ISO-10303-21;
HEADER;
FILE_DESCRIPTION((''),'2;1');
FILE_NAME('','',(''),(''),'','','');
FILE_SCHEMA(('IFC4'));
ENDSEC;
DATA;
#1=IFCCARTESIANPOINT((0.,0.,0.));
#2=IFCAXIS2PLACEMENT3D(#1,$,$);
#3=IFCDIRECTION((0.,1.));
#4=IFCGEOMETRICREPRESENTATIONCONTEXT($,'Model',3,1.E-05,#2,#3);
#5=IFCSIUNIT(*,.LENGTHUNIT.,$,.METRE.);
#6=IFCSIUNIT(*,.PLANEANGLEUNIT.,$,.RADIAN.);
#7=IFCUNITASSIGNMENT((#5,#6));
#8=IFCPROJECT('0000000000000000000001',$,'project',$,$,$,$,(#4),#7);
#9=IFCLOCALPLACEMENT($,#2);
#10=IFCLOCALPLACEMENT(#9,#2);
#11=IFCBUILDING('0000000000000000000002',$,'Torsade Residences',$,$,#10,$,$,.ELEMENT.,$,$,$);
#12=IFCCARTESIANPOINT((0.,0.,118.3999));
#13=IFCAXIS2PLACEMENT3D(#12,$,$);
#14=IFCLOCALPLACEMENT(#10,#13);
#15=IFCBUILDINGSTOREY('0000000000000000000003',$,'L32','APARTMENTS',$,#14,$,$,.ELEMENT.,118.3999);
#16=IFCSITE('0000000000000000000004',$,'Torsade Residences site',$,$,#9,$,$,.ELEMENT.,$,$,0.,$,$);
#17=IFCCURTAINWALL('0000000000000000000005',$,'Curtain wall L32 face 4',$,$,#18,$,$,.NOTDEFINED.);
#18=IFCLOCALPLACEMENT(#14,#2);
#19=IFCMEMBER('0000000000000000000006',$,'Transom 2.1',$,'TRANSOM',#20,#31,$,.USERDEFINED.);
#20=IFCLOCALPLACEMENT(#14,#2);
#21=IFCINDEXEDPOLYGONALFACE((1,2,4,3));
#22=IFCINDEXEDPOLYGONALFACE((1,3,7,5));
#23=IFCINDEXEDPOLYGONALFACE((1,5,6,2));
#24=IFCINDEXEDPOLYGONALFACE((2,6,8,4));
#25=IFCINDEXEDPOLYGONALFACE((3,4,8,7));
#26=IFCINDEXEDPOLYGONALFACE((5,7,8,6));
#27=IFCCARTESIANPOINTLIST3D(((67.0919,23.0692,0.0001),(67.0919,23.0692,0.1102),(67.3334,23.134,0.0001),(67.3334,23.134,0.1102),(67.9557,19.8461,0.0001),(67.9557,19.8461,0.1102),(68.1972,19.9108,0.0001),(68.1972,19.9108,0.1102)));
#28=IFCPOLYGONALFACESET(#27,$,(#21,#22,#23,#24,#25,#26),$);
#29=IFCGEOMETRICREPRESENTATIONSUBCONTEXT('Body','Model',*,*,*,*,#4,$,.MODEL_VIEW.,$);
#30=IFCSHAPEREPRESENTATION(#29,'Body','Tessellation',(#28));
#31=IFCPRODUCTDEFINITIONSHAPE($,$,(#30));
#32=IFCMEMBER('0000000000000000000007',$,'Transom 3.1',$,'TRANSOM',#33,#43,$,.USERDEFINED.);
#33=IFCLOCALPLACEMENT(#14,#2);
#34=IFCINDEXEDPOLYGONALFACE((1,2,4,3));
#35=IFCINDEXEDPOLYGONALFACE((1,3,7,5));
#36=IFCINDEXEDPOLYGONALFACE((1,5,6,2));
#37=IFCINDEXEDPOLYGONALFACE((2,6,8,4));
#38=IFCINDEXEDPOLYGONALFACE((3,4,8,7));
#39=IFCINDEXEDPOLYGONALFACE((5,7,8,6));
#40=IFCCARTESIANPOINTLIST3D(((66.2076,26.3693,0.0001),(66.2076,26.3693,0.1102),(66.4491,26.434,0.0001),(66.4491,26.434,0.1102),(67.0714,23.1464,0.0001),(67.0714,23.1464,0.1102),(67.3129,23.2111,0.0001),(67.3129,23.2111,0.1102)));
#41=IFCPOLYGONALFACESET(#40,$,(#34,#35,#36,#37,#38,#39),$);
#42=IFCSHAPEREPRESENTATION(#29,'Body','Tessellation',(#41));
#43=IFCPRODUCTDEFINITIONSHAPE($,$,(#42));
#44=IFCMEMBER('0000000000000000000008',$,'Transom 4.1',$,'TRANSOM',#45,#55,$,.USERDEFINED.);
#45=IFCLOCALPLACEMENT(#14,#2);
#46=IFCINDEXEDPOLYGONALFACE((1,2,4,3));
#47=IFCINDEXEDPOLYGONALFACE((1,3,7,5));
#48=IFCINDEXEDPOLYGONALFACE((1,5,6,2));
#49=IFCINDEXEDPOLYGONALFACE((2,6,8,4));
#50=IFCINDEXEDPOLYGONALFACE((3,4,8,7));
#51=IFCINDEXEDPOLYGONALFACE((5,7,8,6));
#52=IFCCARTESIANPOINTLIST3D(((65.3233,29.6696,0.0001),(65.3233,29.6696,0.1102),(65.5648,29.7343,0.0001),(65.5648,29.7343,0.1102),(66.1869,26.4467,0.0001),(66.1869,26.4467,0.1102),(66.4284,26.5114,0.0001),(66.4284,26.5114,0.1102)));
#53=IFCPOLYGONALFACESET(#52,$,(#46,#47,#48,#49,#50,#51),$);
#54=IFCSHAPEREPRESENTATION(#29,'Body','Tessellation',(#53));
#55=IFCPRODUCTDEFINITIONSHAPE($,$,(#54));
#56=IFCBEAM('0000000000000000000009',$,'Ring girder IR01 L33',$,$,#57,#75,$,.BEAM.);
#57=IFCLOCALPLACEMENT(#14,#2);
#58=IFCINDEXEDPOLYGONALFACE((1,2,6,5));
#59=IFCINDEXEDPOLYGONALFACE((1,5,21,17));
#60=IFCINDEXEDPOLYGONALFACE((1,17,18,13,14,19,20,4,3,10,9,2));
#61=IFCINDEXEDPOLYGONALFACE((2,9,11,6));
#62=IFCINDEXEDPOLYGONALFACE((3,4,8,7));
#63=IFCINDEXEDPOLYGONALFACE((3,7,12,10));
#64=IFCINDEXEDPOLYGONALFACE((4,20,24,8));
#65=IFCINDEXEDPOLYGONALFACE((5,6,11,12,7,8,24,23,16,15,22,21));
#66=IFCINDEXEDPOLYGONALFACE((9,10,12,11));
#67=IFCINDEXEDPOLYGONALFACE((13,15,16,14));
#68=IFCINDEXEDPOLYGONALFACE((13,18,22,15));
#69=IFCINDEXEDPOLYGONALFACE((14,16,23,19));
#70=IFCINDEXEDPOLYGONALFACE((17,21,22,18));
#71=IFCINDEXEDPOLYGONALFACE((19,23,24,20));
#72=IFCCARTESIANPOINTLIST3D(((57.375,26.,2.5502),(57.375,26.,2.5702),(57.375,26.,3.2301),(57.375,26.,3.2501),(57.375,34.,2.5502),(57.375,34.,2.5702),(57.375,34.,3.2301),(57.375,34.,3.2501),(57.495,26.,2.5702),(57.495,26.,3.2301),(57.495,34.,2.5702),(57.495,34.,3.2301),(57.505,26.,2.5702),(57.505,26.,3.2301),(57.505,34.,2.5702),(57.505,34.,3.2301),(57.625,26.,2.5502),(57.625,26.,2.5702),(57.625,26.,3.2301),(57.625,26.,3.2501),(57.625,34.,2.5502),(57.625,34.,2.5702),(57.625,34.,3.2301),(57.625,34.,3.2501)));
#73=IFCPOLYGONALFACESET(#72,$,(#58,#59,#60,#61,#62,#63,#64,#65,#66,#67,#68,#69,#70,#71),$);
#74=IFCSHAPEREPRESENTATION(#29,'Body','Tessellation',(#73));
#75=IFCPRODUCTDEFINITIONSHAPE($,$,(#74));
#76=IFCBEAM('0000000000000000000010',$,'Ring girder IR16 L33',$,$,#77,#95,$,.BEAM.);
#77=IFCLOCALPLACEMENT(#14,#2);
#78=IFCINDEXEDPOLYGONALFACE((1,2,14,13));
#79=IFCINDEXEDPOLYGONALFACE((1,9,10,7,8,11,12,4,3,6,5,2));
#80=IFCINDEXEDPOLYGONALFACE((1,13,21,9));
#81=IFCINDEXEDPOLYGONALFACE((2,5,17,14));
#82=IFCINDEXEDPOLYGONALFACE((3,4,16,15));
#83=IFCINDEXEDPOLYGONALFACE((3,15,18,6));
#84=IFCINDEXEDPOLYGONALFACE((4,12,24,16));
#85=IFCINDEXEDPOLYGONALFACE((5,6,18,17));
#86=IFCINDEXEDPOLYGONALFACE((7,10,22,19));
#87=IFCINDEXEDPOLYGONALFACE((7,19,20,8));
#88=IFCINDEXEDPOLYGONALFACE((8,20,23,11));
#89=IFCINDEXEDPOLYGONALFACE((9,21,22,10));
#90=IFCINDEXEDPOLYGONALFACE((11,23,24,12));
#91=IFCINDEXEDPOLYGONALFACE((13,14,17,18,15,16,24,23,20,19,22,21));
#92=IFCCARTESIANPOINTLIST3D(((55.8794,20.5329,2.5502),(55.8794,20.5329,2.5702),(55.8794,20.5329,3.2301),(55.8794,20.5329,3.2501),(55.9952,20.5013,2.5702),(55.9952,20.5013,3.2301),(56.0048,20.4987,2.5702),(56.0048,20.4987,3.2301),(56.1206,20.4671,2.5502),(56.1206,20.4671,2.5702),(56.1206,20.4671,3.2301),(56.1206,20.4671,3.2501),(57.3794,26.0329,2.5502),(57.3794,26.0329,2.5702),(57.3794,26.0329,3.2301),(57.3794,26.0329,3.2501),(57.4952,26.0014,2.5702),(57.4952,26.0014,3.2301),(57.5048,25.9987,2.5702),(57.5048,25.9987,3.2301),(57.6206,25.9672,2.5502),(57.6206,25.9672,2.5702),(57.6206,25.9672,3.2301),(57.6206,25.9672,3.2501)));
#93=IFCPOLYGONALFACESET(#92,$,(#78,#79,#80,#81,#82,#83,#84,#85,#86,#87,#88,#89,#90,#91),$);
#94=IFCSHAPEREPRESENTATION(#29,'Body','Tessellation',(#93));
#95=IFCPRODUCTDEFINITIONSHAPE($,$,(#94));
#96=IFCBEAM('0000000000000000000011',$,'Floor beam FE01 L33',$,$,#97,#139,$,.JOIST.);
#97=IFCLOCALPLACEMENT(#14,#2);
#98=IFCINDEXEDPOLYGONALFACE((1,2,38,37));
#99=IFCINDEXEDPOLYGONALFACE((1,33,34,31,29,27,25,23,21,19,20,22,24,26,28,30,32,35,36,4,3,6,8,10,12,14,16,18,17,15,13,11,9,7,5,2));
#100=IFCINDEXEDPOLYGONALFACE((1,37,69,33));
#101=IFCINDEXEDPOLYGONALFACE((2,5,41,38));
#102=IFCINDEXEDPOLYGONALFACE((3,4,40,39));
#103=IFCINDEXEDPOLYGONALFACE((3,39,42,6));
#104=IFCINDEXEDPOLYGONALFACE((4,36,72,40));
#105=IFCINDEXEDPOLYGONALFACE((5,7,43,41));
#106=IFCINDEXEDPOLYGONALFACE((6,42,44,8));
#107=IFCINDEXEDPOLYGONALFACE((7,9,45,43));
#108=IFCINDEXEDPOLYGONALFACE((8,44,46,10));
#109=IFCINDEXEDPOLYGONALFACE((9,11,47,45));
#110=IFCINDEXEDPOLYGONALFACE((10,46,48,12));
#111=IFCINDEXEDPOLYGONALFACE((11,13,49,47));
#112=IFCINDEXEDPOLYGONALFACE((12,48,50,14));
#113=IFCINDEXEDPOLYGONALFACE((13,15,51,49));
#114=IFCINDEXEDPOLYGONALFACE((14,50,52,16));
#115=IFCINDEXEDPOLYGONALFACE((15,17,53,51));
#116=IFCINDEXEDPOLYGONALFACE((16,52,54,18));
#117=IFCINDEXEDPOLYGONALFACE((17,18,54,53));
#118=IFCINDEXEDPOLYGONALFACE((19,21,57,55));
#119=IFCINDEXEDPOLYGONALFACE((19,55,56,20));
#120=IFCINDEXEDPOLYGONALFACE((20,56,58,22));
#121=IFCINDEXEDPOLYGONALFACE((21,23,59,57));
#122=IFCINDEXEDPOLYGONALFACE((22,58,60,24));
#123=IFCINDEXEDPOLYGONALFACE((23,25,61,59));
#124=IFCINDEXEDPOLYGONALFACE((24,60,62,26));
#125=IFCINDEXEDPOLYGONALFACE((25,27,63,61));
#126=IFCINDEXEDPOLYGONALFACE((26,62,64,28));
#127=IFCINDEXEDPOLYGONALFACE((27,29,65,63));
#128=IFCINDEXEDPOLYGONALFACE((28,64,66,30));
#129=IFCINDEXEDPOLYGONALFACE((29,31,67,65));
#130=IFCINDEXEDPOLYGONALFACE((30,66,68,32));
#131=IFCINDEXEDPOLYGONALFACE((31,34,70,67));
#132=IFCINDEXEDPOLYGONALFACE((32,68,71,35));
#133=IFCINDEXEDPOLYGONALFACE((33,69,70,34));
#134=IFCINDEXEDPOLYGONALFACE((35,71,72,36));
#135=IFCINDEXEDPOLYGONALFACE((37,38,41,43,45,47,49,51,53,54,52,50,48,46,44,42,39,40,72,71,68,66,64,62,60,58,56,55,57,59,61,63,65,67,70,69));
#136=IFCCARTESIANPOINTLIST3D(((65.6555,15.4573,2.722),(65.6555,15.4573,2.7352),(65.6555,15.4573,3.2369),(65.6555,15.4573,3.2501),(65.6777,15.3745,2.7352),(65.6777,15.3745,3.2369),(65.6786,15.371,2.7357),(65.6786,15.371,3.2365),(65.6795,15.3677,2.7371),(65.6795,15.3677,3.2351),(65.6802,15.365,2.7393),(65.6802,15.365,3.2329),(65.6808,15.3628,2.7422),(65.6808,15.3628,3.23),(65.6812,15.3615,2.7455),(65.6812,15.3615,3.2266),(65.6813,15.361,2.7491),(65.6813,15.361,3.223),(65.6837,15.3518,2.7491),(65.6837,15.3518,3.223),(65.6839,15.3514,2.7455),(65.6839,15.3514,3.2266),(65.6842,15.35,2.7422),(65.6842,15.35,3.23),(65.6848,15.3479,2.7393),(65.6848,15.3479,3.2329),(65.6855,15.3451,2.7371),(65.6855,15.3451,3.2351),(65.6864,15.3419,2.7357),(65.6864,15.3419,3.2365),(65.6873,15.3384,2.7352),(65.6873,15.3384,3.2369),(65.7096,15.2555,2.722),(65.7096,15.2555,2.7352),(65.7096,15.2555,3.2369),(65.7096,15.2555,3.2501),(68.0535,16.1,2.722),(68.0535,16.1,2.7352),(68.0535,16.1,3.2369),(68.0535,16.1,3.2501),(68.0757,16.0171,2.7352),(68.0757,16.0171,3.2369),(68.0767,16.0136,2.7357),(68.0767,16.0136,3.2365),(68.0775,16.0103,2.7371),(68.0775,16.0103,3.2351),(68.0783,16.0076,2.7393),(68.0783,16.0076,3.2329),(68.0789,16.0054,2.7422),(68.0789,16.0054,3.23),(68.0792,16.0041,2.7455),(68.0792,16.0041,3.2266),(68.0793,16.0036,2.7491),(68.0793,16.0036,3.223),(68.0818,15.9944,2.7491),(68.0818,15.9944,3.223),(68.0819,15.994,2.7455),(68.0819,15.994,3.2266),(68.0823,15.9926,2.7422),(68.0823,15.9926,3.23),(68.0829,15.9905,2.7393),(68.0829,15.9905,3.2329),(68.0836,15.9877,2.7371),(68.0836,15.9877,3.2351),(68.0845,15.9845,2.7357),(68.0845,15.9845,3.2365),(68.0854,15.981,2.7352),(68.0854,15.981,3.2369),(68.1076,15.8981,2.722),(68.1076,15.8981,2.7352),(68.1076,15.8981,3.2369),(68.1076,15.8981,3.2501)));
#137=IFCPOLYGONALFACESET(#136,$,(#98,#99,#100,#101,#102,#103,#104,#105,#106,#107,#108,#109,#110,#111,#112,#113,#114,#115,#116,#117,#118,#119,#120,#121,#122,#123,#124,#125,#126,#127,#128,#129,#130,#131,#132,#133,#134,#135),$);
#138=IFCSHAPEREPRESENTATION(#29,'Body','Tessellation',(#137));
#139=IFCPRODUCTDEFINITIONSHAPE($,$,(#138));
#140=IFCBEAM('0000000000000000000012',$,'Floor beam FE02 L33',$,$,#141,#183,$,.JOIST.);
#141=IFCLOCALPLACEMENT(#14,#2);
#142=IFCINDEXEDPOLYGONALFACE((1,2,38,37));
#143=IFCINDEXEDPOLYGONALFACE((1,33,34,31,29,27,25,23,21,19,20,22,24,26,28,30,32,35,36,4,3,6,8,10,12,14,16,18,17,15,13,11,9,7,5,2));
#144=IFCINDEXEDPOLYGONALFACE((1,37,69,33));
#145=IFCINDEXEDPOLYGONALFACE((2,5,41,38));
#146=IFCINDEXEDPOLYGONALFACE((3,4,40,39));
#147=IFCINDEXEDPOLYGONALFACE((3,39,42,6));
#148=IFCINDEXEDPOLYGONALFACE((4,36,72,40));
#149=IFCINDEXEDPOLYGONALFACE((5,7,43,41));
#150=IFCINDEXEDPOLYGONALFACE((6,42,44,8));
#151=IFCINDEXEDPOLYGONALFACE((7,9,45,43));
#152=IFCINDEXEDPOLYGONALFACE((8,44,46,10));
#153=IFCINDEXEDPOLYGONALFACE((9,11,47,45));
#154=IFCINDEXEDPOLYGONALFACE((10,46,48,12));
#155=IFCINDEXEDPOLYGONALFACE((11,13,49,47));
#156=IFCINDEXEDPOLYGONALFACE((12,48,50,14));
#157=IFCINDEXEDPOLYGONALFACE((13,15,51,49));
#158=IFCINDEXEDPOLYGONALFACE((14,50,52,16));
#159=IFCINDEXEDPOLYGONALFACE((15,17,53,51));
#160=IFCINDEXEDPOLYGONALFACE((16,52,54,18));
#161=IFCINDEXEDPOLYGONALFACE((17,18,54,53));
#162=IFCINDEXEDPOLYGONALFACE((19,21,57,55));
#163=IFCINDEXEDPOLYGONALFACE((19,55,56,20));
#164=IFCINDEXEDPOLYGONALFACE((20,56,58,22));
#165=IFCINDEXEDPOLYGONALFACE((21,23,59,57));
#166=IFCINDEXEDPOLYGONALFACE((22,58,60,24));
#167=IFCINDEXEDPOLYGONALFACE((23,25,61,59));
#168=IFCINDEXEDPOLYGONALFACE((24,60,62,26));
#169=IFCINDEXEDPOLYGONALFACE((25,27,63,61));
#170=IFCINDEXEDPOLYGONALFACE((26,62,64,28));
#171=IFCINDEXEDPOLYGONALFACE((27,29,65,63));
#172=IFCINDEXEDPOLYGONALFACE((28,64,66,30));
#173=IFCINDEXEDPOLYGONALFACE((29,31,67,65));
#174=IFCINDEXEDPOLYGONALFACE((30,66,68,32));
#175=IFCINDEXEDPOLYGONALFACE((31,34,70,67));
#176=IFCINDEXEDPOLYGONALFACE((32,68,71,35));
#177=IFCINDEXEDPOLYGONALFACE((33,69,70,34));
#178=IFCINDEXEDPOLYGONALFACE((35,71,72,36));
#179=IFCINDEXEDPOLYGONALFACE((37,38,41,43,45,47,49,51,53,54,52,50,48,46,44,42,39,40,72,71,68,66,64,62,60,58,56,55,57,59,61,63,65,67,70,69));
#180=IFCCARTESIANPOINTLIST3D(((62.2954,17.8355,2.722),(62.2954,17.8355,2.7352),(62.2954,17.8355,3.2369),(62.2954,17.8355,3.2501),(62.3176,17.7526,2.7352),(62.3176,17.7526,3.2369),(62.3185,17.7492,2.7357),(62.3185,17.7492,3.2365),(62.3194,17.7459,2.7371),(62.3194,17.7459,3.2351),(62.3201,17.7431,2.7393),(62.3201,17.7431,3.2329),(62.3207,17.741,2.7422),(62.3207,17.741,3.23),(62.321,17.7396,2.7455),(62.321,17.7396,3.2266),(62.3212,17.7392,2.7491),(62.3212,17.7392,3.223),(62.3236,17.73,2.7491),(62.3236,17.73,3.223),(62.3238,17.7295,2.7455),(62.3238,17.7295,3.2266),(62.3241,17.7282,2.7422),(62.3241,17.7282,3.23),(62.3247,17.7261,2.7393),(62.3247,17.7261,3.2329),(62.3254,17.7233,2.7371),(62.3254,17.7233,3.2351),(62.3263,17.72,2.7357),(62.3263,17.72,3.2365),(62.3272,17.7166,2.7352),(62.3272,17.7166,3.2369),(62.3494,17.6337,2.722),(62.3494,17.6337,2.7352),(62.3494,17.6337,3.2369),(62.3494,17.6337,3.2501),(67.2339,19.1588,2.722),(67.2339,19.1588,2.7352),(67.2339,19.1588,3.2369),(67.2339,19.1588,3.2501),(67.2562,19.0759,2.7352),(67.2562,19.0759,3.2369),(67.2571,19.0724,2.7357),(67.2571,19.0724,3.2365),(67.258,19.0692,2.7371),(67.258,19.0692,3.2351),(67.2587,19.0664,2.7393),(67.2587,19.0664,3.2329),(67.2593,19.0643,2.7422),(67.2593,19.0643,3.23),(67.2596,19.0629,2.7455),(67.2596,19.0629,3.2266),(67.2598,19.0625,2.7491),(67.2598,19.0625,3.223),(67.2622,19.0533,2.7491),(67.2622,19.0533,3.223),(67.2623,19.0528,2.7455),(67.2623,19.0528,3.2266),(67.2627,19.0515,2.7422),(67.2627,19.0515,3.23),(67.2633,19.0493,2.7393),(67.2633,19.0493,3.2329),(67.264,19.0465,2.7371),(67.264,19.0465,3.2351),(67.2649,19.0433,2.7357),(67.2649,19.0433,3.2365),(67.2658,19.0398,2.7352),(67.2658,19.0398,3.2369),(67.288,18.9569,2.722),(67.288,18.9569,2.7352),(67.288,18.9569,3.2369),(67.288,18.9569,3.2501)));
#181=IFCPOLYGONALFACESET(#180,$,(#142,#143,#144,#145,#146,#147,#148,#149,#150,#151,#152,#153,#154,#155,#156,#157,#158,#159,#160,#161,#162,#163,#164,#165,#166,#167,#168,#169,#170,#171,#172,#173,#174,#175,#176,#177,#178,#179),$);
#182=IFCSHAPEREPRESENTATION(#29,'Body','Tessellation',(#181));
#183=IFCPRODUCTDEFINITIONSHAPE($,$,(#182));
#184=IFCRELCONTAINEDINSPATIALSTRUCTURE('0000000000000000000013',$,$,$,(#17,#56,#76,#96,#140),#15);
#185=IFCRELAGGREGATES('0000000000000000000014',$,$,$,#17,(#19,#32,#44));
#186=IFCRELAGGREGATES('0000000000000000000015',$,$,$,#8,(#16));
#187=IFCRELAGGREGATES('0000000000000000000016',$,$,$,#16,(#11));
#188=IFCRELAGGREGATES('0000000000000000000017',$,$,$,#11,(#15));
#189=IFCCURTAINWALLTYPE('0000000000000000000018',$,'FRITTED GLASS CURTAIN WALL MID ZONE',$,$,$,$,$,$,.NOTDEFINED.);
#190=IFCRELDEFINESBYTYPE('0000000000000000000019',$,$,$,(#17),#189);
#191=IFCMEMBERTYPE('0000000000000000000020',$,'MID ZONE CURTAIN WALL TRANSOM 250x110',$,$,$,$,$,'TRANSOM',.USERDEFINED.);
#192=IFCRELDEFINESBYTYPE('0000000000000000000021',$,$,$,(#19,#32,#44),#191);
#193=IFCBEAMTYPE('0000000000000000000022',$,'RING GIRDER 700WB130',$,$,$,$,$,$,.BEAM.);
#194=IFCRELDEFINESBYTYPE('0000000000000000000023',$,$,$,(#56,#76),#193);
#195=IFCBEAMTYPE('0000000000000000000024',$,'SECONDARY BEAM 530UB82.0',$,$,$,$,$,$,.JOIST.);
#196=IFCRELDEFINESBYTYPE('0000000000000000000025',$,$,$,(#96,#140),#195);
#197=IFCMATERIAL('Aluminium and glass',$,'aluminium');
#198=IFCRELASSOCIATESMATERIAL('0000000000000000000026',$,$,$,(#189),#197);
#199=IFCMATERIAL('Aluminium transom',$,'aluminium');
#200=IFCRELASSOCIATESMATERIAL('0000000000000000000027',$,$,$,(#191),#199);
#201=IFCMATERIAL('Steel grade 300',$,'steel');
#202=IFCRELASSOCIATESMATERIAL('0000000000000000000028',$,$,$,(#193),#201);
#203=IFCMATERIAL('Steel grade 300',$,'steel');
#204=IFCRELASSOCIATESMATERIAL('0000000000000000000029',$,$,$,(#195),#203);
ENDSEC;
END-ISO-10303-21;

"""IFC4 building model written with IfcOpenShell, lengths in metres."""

from ifc_helpers import new_model, si_unit, direction, frame, origin, origin_2d, place, context, subcontext, project, spatial, rectangle, i_section, extrude, material, material_profile, profile_set, type_object, element, aggregate, save


model = new_model("IFC4")

# Units and contexts
model_context = context("Model", 3, precision=1e-05, world=origin(), true_north=direction((0.0, 1.0)))
body_context = subcontext(model_context, "Body", "Model", "MODEL_VIEW")
ifc_project = project(units=[si_unit("LENGTHUNIT", "METRE"), si_unit("PLANEANGLEUNIT", "RADIAN")], contexts=[model_context])

# Site, building, storey
site_placement = place(None, origin())
site = spatial("IfcSite", under=ifc_project, at=site_placement, Name="Torsade Residences site", CompositionType="ELEMENT", RefElevation=0.0)
building_placement = place(site_placement, origin())
building = spatial("IfcBuilding", under=site, at=building_placement, Name="Torsade Residences", CompositionType="ELEMENT")
storey_placement = place(building_placement, frame((0.0, 0.0, 118.3999)))
storey = spatial("IfcBuildingStorey", under=building, at=storey_placement, Name="L32", Description="APARTMENTS", CompositionType="ELEMENT", Elevation=118.3999)

# Curtain wall, members
ifc_material_1 = material(Name="Aluminium and glass", Category="aluminium")
curtain_wall_type = type_object("IfcCurtainWallType", Name="FRITTED GLASS CURTAIN WALL MID ZONE", PredefinedType="NOTDEFINED", material=ifc_material_1)
curtain_wall_placement = place(storey_placement, origin())
curtain_wall = element("IfcCurtainWall", 1, at=curtain_wall_placement, inside=storey, type_object=curtain_wall_type, Name="Curtain wall L32 face 4", PredefinedType="NOTDEFINED")
ifc_material_2 = material(Name="Aluminium transom", Category="aluminium")
ifc_material_profile_1 = material_profile(ifc_material_2, rectangle(XDim=0.25, YDim=0.1101, at=origin_2d()), Name="MID ZONE CURTAIN WALL TRANSOM 250x110")
ifc_profile_set_1 = profile_set([ifc_material_profile_1], Name="Aluminium transom")
member_type_1 = type_object("IfcMemberType", Name="MID ZONE CURTAIN WALL TRANSOM 250x110", ElementType="TRANSOM", PredefinedType="USERDEFINED", material=ifc_profile_set_1)
member_1_placement = place(storey_placement, frame((68.0764, 19.8784, 0.0552), z_axis=(-0.258856, 0.965916, 0.0), x_axis=(-0.965916, -0.258856, 0.0)))
member_1 = element("IfcMember", 2, at=member_1_placement, type_object=member_type_1, Name="Transom 2.1", ObjectType="TRANSOM", PredefinedType="USERDEFINED", context=body_context, shape_type="SweptSolid", body=[
    extrude(rectangle(XDim=0.25, YDim=0.1101, at=origin_2d()), origin(), (0.0, 0.0, 1.0), 3.3369),
])
member_2_placement = place(storey_placement, frame((67.1921, 23.1787, 0.0552), z_axis=(-0.258874, 0.965911, 0.0), x_axis=(-0.965911, -0.258874, 0.0)))
member_2 = element("IfcMember", 3, at=member_2_placement, type_object=member_type_1, Name="Transom 3.1", ObjectType="TRANSOM", PredefinedType="USERDEFINED", context=body_context, shape_type="SweptSolid", body=[
    extrude(rectangle(XDim=0.25, YDim=0.1101, at=origin_2d()), origin(), (0.0, 0.0, 1.0), 3.3367),
])
member_3_placement = place(storey_placement, frame((66.3076, 26.479, 0.0552), z_axis=(-0.258806, 0.965929, 0.0), x_axis=(-0.965929, -0.258806, 0.0)))
member_3 = element("IfcMember", 4, at=member_3_placement, type_object=member_type_1, Name="Transom 4.1", ObjectType="TRANSOM", PredefinedType="USERDEFINED", context=body_context, shape_type="SweptSolid", body=[
    extrude(rectangle(XDim=0.25, YDim=0.1101, at=origin_2d()), origin(), (0.0, 0.0, 1.0), 3.3367),
])

# Beams
ifc_material_3 = material(Name="Steel grade 300", Category="steel")
ifc_material_profile_2 = material_profile(ifc_material_3, i_section(OverallWidth=0.25, OverallDepth=0.7, WebThickness=0.01, FlangeThickness=0.02, at=origin_2d()), Name="700WB130")
ifc_profile_set_2 = profile_set([ifc_material_profile_2], Name="Steel grade 300")
beam_type_1 = type_object("IfcBeamType", Name="RING GIRDER 700WB130", PredefinedType="BEAM", material=ifc_profile_set_2)
beam_1_placement = place(storey_placement, frame((57.5, 26.0, 2.9001), z_axis=(0.0, 1.0, 0.0), x_axis=(-1.0, 0.0, 0.0)))
element("IfcBeam", 5, at=beam_1_placement, inside=storey, type_object=beam_type_1, Name="Ring girder IR01 L33", PredefinedType="BEAM", context=body_context, shape_type="SweptSolid", body=[
    extrude(i_section(OverallWidth=0.25, OverallDepth=0.7, WebThickness=0.01, FlangeThickness=0.02, at=origin_2d()), origin(), (0.0, 0.0, 1.0), 8.0),
])
beam_2_placement = place(storey_placement, frame((56.0, 20.5, 2.9001), z_axis=(0.263117, 0.964764, 0.0), x_axis=(-0.964764, 0.263117, 0.0)))
element("IfcBeam", 6, at=beam_2_placement, inside=storey, type_object=beam_type_1, Name="Ring girder IR16 L33", PredefinedType="BEAM", context=body_context, shape_type="SweptSolid", body=[
    extrude(i_section(OverallWidth=0.25, OverallDepth=0.7, WebThickness=0.01, FlangeThickness=0.02, at=origin_2d()), origin(), (0.0, 0.0, 1.0), 5.7009),
])
ifc_material_4 = material(Name="Steel grade 300", Category="steel")
ifc_material_profile_3 = material_profile(ifc_material_4, i_section(OverallWidth=0.209, OverallDepth=0.5281, WebThickness=0.0095, FlangeThickness=0.0132, FilletRadius=0.0139, at=origin_2d()), Name="530UB82.0")
ifc_profile_set_3 = profile_set([ifc_material_profile_3], Name="Steel grade 300")
beam_type_2 = type_object("IfcBeamType", Name="SECONDARY BEAM 530UB82.0", PredefinedType="JOIST", material=ifc_profile_set_3)
beam_3_placement = place(storey_placement, frame((68.0806, 15.999, 2.9861), z_axis=(-0.965921, -0.258838, 0.0), x_axis=(0.258838, -0.965921, 0.0)))
element("IfcBeam", 7, at=beam_3_placement, inside=storey, type_object=beam_type_2, Name="Floor beam FE01 L33", PredefinedType="JOIST", context=body_context, shape_type="SweptSolid", body=[
    extrude(i_section(OverallWidth=0.209, OverallDepth=0.5281, WebThickness=0.0095, FlangeThickness=0.0132, FilletRadius=0.0139, at=origin_2d()), origin(), (0.0, 0.0, 1.0), 2.4827),
])
beam_4_placement = place(storey_placement, frame((67.261, 19.0579, 2.9861), z_axis=(-0.965927, -0.258816, 0.0), x_axis=(0.258816, -0.965927, 0.0)))
element("IfcBeam", 8, at=beam_4_placement, inside=storey, type_object=beam_type_2, Name="Floor beam FE02 L33", PredefinedType="JOIST", context=body_context, shape_type="SweptSolid", body=[
    extrude(i_section(OverallWidth=0.209, OverallDepth=0.5281, WebThickness=0.0095, FlangeThickness=0.0132, FilletRadius=0.0139, at=origin_2d()), origin(), (0.0, 0.0, 1.0), 5.1128),
])

aggregate(curtain_wall, [member_1, member_2, member_3])

save(model, "model.ifc")
